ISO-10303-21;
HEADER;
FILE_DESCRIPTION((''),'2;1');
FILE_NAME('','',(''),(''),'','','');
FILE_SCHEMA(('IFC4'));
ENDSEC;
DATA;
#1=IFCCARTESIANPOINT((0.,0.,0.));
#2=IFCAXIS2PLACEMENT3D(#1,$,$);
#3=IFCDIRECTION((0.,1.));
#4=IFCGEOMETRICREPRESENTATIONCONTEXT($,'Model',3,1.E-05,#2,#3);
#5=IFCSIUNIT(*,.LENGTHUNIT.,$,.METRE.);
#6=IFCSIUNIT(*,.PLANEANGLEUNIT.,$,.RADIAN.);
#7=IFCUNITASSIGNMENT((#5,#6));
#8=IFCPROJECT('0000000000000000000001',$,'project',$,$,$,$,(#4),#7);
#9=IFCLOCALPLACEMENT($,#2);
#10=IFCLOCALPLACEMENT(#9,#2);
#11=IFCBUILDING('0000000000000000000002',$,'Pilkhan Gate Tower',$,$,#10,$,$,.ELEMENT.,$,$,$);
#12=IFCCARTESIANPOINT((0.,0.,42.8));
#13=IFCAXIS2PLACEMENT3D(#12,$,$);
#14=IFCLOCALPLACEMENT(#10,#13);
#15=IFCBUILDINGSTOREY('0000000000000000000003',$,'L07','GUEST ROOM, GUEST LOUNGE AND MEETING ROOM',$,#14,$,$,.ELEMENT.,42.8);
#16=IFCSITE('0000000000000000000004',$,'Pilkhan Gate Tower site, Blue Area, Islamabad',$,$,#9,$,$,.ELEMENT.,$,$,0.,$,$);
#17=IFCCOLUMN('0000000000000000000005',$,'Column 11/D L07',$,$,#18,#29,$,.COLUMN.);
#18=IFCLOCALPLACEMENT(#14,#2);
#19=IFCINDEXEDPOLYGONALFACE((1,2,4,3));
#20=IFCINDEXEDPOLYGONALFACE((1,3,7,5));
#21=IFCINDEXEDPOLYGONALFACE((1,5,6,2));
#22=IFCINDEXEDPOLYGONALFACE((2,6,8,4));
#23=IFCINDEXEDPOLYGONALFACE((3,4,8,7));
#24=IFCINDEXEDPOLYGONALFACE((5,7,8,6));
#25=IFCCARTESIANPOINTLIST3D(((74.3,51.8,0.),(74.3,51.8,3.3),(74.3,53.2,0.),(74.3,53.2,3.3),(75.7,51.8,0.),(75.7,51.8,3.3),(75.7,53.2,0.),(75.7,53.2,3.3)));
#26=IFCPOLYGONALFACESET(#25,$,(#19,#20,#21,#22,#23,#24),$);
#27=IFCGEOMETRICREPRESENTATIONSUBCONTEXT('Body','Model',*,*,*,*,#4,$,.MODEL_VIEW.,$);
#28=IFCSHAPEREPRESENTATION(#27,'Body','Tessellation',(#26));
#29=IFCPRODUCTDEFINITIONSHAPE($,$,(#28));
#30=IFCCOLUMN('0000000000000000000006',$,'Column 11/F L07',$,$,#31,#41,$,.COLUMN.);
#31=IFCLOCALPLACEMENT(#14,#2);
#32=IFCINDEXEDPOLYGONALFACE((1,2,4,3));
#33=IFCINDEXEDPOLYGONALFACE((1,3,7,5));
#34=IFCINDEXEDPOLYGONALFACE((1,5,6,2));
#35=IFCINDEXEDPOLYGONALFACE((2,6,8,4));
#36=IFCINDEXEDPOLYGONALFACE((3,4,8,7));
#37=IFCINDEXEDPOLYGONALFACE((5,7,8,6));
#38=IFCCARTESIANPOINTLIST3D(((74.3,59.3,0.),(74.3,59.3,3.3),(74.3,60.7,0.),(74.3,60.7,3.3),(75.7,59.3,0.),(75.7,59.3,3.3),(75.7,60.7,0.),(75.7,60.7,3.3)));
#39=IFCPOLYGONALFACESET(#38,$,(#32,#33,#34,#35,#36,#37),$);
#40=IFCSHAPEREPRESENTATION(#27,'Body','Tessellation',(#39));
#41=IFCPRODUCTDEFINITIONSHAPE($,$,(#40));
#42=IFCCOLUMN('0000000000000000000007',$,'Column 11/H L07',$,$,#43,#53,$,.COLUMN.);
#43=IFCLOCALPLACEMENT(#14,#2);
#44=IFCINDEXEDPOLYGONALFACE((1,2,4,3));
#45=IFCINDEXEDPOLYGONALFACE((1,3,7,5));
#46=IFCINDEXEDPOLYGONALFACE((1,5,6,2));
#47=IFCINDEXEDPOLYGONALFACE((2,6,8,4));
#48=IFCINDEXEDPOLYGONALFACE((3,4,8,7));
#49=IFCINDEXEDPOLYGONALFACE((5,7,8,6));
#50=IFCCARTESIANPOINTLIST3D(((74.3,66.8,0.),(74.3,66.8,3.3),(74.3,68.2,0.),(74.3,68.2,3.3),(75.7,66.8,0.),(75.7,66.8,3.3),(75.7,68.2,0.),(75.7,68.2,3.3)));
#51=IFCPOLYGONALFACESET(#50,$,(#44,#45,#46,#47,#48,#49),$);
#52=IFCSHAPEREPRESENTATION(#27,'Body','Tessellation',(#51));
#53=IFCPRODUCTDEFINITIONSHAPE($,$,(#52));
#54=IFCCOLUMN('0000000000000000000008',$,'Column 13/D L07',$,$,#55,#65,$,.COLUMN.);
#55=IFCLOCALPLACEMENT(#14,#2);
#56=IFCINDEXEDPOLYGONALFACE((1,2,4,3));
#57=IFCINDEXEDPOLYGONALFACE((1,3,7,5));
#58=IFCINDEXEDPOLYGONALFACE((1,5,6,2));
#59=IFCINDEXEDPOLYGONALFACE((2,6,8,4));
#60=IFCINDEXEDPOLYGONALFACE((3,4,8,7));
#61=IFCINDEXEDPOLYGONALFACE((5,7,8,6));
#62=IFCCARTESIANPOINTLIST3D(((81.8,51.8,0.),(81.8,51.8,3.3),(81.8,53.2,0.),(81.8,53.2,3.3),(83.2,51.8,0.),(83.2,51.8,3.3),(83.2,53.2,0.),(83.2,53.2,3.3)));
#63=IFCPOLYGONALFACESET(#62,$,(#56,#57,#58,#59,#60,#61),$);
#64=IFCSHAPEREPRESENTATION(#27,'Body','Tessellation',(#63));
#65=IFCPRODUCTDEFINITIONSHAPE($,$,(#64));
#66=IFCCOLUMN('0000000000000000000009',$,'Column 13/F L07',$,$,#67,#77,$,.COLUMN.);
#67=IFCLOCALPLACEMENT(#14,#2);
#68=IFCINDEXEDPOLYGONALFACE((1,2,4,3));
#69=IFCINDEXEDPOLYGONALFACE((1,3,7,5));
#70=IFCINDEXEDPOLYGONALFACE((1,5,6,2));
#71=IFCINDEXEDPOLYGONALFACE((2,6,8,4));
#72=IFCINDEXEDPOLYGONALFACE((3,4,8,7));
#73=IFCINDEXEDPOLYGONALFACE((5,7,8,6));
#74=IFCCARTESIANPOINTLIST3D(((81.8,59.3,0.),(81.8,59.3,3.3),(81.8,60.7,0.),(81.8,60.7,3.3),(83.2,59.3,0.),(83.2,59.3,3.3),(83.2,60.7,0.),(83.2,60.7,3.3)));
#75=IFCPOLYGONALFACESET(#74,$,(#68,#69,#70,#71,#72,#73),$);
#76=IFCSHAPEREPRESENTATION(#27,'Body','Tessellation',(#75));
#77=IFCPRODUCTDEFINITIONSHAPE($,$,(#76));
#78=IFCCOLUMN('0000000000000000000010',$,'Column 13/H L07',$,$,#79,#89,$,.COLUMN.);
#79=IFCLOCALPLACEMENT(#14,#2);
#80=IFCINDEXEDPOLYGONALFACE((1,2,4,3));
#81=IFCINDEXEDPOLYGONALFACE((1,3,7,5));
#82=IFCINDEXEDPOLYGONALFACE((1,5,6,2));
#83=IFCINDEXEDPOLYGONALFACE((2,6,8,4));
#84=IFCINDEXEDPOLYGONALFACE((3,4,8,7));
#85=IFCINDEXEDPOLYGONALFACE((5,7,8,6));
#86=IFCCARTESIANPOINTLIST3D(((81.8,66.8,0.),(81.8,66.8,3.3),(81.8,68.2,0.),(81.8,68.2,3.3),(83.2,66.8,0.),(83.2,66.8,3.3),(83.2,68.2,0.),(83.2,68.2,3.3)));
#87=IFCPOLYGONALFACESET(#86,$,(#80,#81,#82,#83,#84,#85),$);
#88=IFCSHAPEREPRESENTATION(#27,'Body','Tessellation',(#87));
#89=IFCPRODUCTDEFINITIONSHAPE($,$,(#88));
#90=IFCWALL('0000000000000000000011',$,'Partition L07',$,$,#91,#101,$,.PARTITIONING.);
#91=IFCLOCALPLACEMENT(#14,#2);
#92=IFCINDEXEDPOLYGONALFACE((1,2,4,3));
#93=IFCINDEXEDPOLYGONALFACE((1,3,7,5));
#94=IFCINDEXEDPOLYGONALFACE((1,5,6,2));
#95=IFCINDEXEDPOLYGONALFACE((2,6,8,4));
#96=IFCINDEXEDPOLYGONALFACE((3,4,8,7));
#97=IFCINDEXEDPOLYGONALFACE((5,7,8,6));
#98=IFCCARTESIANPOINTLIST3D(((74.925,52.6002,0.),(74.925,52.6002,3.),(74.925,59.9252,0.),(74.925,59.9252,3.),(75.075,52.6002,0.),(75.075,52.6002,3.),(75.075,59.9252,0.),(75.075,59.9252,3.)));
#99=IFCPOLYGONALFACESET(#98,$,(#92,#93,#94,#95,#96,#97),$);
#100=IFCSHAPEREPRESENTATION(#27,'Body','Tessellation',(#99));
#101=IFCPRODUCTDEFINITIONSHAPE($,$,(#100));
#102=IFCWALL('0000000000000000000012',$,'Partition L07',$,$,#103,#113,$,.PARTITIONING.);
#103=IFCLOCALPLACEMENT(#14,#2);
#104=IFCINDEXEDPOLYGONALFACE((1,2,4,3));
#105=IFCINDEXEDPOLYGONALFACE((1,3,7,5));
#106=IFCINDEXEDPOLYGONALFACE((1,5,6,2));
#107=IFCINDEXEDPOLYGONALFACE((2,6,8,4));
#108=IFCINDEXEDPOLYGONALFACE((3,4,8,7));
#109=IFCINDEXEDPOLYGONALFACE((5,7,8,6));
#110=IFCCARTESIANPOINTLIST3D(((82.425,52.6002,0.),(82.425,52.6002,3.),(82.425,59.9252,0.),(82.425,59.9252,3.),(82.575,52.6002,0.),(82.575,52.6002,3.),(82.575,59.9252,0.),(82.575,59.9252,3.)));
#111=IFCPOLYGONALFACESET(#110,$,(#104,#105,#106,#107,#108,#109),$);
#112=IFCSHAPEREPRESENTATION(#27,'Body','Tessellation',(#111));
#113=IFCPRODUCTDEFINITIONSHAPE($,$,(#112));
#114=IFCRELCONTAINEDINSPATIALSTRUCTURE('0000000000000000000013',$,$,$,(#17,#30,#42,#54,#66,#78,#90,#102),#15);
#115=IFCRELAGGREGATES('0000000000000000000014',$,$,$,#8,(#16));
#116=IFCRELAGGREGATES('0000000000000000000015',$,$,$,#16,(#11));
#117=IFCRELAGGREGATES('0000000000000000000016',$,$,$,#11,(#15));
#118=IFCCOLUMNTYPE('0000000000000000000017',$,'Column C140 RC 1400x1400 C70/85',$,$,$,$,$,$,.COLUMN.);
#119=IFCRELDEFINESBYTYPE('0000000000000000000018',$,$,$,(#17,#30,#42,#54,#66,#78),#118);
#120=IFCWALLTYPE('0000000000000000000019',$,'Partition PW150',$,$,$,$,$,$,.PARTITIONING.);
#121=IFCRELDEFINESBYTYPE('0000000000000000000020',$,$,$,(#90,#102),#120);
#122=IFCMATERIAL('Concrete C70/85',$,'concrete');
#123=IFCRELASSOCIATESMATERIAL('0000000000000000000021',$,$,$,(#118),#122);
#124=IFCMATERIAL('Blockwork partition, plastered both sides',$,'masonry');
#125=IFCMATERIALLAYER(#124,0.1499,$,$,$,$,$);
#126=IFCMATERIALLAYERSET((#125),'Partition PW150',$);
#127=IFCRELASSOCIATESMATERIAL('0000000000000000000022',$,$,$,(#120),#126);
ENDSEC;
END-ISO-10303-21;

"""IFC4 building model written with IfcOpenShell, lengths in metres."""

from ifc_helpers import new_model, si_unit, direction, frame, frame_2d, origin, origin_2d, place, context, subcontext, project, spatial, rectangle, extrude, material, layer, layer_set, material_profile, profile_set, type_object, element, save


model = new_model("IFC4")

# Units and contexts
model_context = context("Model", 3, precision=1e-05, world=origin(), true_north=direction((0.0, 1.0)))
body_context = subcontext(model_context, "Body", "Model", "MODEL_VIEW")
ifc_project = project(units=[si_unit("LENGTHUNIT", "METRE"), si_unit("PLANEANGLEUNIT", "RADIAN")], contexts=[model_context])

# Site, building, storey
site_placement = place(None, origin())
site = spatial("IfcSite", under=ifc_project, at=site_placement, Name="Pilkhan Gate Tower site, Blue Area, Islamabad", CompositionType="ELEMENT", RefElevation=0.0)
building_placement = place(site_placement, origin())
building = spatial("IfcBuilding", under=site, at=building_placement, Name="Pilkhan Gate Tower", CompositionType="ELEMENT")
storey_placement = place(building_placement, frame((0.0, 0.0, 42.8)))
storey = spatial("IfcBuildingStorey", under=building, at=storey_placement, Name="L07", Description="GUEST ROOM, GUEST LOUNGE AND MEETING ROOM", CompositionType="ELEMENT", Elevation=42.8)

# Columns
ifc_material_1 = material(Name="Concrete C70/85", Category="concrete")
ifc_material_profile = material_profile(ifc_material_1, rectangle(XDim=1.3999, YDim=1.3999, at=origin_2d()), Name="RC 1400x1400")
ifc_profile_set = profile_set([ifc_material_profile], Name="Concrete C70/85")
column_type = type_object("IfcColumnType", Name="Column C140 RC 1400x1400 C70/85", PredefinedType="COLUMN", material=ifc_profile_set)
for number, where, z_axis, x_axis, name in (
    (1, (75.0, 52.5, 0.0), (0.0, 0.0, 1.0), (1.0, 0.0, 0.0), "Column 11/D L07"),
    (2, (75.0, 60.0, 0.0), (0.0, 0.0, 1.0), (1.0, 0.0, 0.0), "Column 11/F L07"),
    (3, (75.0, 67.5, 0.0), (0.0, 0.0, 1.0), (1.0, 0.0, 0.0), "Column 11/H L07"),
    (4, (82.5, 52.5, 0.0), (0.0, 0.0, 1.0), (1.0, 0.0, 0.0), "Column 13/D L07"),
    (5, (82.5, 60.0, 0.0), (0.0, 0.0, 1.0), (1.0, 0.0, 0.0), "Column 13/F L07"),
    (6, (82.5, 67.5, 0.0), (0.0, 0.0, 1.0), (1.0, 0.0, 0.0), "Column 13/H L07"),
):
    element("IfcColumn", number, at=place(storey_placement, frame(where, z_axis=z_axis, x_axis=x_axis)), inside=storey, type_object=column_type, Name=name, PredefinedType="COLUMN", context=body_context, shape_type="SweptSolid", body=[
        extrude(rectangle(XDim=1.3999, YDim=1.3999, at=origin_2d()), origin(), (0.0, 0.0, 1.0), 3.3),
    ])

# Walls
ifc_material_2 = material(Name="Blockwork partition, plastered both sides", Category="masonry")
ifc_layer = layer(ifc_material_2, 0.1499)
ifc_layer_set = layer_set([ifc_layer], Name="Partition PW150")
wall_type = type_object("IfcWallType", Name="Partition PW150", PredefinedType="PARTITIONING", material=ifc_layer_set)
for number, where, z_axis, x_axis, name in (
    (7, (75.0, 52.6001, 0.0), (0.0, 0.0, 1.0), (0.0, 1.0, 0.0), "Partition L07"),
    (8, (82.5, 52.6001, 0.0), (0.0, 0.0, 1.0), (0.0, 1.0, 0.0), "Partition L07"),
):
    element("IfcWall", number, at=place(storey_placement, frame(where, z_axis=z_axis, x_axis=x_axis)), inside=storey, type_object=wall_type, Name=name, PredefinedType="PARTITIONING", context=body_context, shape_type="SweptSolid", body=[
        extrude(rectangle(XDim=7.325, YDim=0.1499, at=frame_2d((3.6626, 0.0))), origin(), (0.0, 0.0, 1.0), 3.0),
    ])

save(model, "model.ifc")
